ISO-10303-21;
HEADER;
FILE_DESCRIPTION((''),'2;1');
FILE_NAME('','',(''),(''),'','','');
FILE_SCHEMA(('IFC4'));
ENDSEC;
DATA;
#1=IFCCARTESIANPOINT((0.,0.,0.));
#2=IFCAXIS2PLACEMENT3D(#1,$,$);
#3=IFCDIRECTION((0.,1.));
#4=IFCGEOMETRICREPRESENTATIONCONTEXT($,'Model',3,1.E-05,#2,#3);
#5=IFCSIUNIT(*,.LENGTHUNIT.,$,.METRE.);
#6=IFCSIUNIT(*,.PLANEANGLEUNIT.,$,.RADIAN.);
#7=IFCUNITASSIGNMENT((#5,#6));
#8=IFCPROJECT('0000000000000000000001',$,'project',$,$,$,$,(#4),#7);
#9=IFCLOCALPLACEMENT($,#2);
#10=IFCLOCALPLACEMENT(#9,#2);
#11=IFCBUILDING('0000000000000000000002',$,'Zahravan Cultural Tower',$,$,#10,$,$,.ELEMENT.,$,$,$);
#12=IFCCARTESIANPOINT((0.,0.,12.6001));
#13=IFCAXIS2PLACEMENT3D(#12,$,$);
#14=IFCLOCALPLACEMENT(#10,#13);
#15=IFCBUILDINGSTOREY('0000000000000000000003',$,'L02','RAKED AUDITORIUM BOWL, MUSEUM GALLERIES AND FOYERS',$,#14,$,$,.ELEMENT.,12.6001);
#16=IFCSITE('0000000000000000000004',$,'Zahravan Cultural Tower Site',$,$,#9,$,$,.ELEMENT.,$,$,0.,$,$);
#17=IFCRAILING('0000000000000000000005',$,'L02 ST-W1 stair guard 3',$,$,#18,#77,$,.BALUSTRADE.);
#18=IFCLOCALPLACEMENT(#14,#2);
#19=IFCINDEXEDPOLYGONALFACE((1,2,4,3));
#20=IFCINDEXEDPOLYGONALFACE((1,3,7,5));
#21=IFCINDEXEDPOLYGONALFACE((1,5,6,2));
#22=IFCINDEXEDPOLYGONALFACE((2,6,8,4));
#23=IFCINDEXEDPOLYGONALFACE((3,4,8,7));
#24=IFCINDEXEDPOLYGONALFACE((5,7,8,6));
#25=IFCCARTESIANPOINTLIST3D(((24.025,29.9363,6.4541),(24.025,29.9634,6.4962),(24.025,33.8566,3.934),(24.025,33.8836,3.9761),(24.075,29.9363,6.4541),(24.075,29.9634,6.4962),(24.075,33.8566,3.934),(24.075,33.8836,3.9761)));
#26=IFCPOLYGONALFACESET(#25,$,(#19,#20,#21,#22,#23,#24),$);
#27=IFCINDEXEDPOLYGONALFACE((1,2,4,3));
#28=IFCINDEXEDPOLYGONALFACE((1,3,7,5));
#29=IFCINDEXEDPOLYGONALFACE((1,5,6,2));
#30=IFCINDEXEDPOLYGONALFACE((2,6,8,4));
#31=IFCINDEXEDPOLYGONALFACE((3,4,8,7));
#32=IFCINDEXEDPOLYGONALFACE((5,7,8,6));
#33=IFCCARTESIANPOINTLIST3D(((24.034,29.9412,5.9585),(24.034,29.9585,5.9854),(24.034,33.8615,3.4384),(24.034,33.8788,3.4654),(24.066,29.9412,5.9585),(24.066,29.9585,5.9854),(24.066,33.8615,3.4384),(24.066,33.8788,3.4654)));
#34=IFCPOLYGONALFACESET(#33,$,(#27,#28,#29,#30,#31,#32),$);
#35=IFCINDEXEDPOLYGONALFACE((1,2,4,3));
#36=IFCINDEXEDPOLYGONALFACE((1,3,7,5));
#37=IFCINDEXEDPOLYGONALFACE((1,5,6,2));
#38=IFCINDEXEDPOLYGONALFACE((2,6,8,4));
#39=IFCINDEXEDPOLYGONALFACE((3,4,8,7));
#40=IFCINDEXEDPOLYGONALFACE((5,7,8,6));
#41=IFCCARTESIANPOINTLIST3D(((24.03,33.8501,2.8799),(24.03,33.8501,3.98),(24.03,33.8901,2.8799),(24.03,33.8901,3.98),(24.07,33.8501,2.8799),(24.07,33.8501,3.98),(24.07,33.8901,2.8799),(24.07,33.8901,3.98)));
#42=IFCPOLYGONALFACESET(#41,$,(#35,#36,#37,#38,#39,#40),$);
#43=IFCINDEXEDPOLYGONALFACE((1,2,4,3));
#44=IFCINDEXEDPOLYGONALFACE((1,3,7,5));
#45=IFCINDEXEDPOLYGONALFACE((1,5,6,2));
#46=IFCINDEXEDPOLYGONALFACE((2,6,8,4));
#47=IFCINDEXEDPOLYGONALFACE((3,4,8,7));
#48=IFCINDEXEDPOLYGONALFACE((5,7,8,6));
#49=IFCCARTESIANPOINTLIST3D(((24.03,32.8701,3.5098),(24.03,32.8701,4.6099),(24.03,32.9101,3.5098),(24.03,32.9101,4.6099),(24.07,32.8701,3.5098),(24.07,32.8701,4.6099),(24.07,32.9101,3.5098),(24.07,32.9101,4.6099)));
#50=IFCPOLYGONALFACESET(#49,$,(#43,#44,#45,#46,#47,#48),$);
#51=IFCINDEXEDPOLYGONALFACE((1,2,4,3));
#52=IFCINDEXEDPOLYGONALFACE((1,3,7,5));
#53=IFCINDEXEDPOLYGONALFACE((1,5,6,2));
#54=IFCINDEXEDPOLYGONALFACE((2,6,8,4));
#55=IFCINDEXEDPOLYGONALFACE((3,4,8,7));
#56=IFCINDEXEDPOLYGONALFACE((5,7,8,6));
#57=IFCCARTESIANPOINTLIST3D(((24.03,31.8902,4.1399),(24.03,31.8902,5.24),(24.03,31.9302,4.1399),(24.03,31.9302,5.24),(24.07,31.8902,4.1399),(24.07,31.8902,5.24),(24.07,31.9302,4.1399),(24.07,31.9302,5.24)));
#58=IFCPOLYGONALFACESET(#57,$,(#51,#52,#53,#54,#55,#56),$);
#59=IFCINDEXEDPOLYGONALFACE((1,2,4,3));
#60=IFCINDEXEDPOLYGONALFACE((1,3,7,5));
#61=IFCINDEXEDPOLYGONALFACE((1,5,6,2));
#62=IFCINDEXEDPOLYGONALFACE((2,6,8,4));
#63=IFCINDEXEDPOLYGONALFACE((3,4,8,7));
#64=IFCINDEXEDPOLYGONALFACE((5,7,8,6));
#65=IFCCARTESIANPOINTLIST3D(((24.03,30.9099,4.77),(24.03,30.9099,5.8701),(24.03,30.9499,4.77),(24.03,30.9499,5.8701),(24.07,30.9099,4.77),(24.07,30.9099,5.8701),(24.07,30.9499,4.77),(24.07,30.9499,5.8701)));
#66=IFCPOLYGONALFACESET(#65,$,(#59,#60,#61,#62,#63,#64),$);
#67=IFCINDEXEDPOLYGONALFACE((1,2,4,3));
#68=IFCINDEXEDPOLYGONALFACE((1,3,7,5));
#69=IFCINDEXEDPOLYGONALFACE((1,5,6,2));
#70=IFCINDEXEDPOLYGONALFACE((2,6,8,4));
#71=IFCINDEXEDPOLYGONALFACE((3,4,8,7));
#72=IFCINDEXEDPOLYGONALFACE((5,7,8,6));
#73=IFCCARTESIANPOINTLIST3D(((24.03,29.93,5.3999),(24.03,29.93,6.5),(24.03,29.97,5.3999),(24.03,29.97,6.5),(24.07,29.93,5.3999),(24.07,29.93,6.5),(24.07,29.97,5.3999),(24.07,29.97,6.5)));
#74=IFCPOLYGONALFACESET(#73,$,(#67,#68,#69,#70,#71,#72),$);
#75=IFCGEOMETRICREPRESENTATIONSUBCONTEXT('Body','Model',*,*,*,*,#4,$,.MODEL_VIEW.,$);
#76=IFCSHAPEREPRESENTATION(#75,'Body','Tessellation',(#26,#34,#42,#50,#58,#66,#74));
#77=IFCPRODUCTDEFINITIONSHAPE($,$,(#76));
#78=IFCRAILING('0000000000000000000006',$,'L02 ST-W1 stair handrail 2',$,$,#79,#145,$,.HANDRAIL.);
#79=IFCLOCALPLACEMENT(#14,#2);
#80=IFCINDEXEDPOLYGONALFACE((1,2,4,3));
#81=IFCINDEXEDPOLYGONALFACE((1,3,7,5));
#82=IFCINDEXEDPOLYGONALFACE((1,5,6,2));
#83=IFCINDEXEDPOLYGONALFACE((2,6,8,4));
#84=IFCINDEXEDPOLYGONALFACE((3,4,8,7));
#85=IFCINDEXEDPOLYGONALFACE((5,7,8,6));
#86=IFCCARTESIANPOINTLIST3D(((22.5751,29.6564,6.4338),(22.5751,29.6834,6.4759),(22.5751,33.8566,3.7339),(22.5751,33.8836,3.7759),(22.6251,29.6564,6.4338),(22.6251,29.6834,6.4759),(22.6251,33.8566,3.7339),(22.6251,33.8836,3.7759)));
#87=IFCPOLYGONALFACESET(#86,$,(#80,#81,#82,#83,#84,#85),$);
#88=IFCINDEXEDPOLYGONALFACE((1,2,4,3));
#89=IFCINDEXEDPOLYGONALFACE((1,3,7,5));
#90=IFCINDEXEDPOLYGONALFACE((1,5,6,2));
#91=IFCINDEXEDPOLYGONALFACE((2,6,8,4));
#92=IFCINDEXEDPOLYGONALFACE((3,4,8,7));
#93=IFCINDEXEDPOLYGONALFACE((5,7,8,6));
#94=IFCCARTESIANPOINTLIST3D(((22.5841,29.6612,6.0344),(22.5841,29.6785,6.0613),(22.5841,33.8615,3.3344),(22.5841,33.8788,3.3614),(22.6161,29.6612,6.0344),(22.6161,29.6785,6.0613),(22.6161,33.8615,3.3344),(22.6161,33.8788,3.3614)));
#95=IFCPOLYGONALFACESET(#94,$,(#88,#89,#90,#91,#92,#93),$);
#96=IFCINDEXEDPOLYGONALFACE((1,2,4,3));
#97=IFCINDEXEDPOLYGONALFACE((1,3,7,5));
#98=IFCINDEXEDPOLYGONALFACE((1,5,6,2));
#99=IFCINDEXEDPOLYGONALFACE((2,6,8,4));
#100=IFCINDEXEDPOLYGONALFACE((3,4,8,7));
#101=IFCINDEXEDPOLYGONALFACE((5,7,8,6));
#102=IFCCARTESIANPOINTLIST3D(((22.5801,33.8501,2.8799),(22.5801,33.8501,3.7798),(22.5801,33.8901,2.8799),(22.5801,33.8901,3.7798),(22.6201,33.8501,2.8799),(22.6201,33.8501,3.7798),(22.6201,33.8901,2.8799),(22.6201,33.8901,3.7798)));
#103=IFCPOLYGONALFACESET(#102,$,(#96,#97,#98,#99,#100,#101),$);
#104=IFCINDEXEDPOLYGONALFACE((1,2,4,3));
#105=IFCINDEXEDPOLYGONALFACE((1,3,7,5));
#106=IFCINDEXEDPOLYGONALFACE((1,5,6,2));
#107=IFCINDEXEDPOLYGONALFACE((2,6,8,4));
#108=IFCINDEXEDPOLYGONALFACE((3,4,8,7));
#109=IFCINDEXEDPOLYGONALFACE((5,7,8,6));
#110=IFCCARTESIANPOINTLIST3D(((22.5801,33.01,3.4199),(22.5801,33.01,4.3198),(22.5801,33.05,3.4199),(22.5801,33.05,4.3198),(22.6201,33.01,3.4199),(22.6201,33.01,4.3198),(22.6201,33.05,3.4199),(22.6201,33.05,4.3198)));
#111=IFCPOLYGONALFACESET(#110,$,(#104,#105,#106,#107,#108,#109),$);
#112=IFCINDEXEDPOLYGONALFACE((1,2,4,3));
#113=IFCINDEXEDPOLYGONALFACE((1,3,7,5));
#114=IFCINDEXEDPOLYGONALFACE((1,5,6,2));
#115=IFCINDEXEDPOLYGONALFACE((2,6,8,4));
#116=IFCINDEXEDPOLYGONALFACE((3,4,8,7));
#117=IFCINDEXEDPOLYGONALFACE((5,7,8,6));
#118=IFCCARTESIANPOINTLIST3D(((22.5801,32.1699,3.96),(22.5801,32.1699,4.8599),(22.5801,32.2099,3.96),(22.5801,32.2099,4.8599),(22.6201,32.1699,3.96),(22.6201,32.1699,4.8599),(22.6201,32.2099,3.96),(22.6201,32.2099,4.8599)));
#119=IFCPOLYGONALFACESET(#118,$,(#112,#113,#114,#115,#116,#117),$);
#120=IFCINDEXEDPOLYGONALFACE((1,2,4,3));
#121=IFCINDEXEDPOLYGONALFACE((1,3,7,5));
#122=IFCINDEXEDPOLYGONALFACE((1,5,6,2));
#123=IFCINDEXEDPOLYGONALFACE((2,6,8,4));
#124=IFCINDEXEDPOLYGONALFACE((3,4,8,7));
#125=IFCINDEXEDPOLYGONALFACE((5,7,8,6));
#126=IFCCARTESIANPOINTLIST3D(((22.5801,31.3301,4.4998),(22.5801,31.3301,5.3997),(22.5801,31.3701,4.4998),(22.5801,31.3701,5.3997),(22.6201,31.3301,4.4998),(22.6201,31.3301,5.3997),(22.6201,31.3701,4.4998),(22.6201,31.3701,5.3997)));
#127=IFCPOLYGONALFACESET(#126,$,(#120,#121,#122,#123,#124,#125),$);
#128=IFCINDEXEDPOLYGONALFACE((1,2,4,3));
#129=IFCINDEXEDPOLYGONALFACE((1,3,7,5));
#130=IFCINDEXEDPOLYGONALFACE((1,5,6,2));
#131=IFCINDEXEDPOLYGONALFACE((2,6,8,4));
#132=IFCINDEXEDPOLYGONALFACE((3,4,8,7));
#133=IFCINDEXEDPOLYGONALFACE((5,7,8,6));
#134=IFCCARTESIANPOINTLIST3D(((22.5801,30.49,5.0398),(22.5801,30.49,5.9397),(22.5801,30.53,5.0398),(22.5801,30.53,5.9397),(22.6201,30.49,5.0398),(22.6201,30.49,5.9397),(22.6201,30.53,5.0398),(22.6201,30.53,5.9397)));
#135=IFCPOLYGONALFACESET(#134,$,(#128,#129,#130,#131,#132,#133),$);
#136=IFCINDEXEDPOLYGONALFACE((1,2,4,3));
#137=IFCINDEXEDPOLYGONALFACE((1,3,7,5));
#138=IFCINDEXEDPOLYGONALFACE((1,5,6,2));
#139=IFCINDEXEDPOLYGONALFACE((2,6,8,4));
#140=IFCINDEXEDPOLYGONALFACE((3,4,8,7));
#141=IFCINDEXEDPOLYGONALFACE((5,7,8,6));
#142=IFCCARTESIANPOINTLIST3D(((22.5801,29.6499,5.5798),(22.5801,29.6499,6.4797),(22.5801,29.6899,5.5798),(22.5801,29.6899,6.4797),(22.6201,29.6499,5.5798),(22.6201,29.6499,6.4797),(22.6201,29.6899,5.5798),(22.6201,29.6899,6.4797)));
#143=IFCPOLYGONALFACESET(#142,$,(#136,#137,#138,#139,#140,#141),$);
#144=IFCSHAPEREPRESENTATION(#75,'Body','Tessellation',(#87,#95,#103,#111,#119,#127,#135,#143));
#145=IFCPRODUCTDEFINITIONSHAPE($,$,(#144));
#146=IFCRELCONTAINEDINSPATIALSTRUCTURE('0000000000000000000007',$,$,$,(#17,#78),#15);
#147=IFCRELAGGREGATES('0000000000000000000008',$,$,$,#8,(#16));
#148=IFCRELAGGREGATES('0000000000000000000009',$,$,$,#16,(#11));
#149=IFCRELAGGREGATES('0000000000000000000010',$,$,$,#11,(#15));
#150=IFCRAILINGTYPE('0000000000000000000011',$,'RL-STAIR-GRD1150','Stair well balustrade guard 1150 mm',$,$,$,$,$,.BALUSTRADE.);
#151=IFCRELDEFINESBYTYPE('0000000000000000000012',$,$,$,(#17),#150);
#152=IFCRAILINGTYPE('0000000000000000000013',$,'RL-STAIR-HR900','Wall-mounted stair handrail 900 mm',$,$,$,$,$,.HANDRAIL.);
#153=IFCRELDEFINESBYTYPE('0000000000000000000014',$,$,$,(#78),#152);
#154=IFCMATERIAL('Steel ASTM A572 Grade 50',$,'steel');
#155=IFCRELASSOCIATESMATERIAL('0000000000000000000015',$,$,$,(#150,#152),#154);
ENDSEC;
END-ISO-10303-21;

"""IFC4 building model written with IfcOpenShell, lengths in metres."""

from ifc_helpers import new_model, si_unit, direction, frame, origin, origin_2d, place, context, subcontext, project, spatial, rectangle, extrude, material, type_object, element, save


model = new_model("IFC4")

# Units and contexts
model_context = context("Model", 3, precision=1e-05, world=origin(), true_north=direction((0.0, 1.0)))
body_context = subcontext(model_context, "Body", "Model", "MODEL_VIEW")
ifc_project = project(units=[si_unit("LENGTHUNIT", "METRE"), si_unit("PLANEANGLEUNIT", "RADIAN")], contexts=[model_context])

# Site, building, storey
site_placement = place(None, origin())
site = spatial("IfcSite", under=ifc_project, at=site_placement, Name="Zahravan Cultural Tower Site", CompositionType="ELEMENT", RefElevation=0.0)
building_placement = place(site_placement, origin())
building = spatial("IfcBuilding", under=site, at=building_placement, Name="Zahravan Cultural Tower", CompositionType="ELEMENT")
storey_placement = place(building_placement, frame((0.0, 0.0, 12.6001)))
storey = spatial("IfcBuildingStorey", under=building, at=storey_placement, Name="L02", Description="RAKED AUDITORIUM BOWL, MUSEUM GALLERIES AND FOYERS", CompositionType="ELEMENT", Elevation=12.6001)

# Shared definitions
ifc_material_1 = material(Name="Steel ASTM A572 Grade 50", Category="steel")

# Railings
railing_type_1 = type_object("IfcRailingType", Name="RL-STAIR-GRD1150", Description="Stair well balustrade guard 1150 mm", PredefinedType="BALUSTRADE", material=ifc_material_1)
railing_1_placement = place(storey_placement, frame((24.05, 33.8701, 2.8799)))
element("IfcRailing", 1, at=railing_1_placement, inside=storey, type_object=railing_type_1, Name="L02 ST-W1 stair guard 3", PredefinedType="BALUSTRADE", context=body_context, shape_type="SweptSolid", body=[
    extrude(rectangle(XDim=0.05, YDim=0.05, at=origin_2d()), frame((0.0, 0.0, 1.0752), z_axis=(0.0, -0.841187, 0.540744), x_axis=(1.0, 0.0, 0.0)), (0.0, 0.0, 1.0), 4.6604),
    extrude(rectangle(XDim=0.032, YDim=0.032, at=origin_2d()), frame((0.0, 0.0, 0.572), z_axis=(0.0, -0.841187, 0.540744), x_axis=(1.0, 0.0, 0.0)), (0.0, 0.0, 1.0), 4.6604),
    extrude(rectangle(XDim=0.04, YDim=0.04, at=origin_2d()), origin(), (0.0, 0.0, 1.0), 1.1001),
    extrude(rectangle(XDim=0.04, YDim=0.04, at=origin_2d()), frame((0.0, -0.98, 0.6299)), (0.0, 0.0, 1.0), 1.1001),
    extrude(rectangle(XDim=0.04, YDim=0.04, at=origin_2d()), frame((0.0, -1.96, 1.26)), (0.0, 0.0, 1.0), 1.1001),
    extrude(rectangle(XDim=0.04, YDim=0.04, at=origin_2d()), frame((0.0, -2.9402, 1.8901)), (0.0, 0.0, 1.0), 1.1001),
    extrude(rectangle(XDim=0.04, YDim=0.04, at=origin_2d()), frame((0.0, -3.9202, 2.52)), (0.0, 0.0, 1.0), 1.1001),
])
railing_type_2 = type_object("IfcRailingType", Name="RL-STAIR-HR900", Description="Wall-mounted stair handrail 900 mm", PredefinedType="HANDRAIL", material=ifc_material_1)
railing_2_placement = place(storey_placement, frame((22.6001, 33.8701, 2.8799)))
element("IfcRailing", 2, at=railing_2_placement, inside=storey, type_object=railing_type_2, Name="L02 ST-W1 stair handrail 2", PredefinedType="HANDRAIL", context=body_context, shape_type="SweptSolid", body=[
    extrude(rectangle(XDim=0.05, YDim=0.05, at=origin_2d()), frame((0.0, 0.0, 0.875), z_axis=(0.0, -0.841194, 0.540733), x_axis=(1.0, 0.0, 0.0)), (0.0, 0.0, 1.0), 4.9932),
    extrude(rectangle(XDim=0.032, YDim=0.032, at=origin_2d()), frame((0.0, 0.0, 0.468), z_axis=(0.0, -0.841194, 0.540733), x_axis=(1.0, 0.0, 0.0)), (0.0, 0.0, 1.0), 4.9932),
    extrude(rectangle(XDim=0.04, YDim=0.04, at=origin_2d()), origin(), (0.0, 0.0, 1.0), 0.8999),
    extrude(rectangle(XDim=0.04, YDim=0.04, at=origin_2d()), frame((0.0, -0.8401, 0.54)), (0.0, 0.0, 1.0), 0.8999),
    extrude(rectangle(XDim=0.04, YDim=0.04, at=origin_2d()), frame((0.0, -1.6802, 1.0801)), (0.0, 0.0, 1.0), 0.8999),
    extrude(rectangle(XDim=0.04, YDim=0.04, at=origin_2d()), frame((0.0, -2.52, 1.6199)), (0.0, 0.0, 1.0), 0.8999),
    extrude(rectangle(XDim=0.04, YDim=0.04, at=origin_2d()), frame((0.0, -3.3601, 2.1599)), (0.0, 0.0, 1.0), 0.8999),
    extrude(rectangle(XDim=0.04, YDim=0.04, at=origin_2d()), frame((0.0, -4.2002, 2.7)), (0.0, 0.0, 1.0), 0.8999),
])

save(model, "model.ifc")
